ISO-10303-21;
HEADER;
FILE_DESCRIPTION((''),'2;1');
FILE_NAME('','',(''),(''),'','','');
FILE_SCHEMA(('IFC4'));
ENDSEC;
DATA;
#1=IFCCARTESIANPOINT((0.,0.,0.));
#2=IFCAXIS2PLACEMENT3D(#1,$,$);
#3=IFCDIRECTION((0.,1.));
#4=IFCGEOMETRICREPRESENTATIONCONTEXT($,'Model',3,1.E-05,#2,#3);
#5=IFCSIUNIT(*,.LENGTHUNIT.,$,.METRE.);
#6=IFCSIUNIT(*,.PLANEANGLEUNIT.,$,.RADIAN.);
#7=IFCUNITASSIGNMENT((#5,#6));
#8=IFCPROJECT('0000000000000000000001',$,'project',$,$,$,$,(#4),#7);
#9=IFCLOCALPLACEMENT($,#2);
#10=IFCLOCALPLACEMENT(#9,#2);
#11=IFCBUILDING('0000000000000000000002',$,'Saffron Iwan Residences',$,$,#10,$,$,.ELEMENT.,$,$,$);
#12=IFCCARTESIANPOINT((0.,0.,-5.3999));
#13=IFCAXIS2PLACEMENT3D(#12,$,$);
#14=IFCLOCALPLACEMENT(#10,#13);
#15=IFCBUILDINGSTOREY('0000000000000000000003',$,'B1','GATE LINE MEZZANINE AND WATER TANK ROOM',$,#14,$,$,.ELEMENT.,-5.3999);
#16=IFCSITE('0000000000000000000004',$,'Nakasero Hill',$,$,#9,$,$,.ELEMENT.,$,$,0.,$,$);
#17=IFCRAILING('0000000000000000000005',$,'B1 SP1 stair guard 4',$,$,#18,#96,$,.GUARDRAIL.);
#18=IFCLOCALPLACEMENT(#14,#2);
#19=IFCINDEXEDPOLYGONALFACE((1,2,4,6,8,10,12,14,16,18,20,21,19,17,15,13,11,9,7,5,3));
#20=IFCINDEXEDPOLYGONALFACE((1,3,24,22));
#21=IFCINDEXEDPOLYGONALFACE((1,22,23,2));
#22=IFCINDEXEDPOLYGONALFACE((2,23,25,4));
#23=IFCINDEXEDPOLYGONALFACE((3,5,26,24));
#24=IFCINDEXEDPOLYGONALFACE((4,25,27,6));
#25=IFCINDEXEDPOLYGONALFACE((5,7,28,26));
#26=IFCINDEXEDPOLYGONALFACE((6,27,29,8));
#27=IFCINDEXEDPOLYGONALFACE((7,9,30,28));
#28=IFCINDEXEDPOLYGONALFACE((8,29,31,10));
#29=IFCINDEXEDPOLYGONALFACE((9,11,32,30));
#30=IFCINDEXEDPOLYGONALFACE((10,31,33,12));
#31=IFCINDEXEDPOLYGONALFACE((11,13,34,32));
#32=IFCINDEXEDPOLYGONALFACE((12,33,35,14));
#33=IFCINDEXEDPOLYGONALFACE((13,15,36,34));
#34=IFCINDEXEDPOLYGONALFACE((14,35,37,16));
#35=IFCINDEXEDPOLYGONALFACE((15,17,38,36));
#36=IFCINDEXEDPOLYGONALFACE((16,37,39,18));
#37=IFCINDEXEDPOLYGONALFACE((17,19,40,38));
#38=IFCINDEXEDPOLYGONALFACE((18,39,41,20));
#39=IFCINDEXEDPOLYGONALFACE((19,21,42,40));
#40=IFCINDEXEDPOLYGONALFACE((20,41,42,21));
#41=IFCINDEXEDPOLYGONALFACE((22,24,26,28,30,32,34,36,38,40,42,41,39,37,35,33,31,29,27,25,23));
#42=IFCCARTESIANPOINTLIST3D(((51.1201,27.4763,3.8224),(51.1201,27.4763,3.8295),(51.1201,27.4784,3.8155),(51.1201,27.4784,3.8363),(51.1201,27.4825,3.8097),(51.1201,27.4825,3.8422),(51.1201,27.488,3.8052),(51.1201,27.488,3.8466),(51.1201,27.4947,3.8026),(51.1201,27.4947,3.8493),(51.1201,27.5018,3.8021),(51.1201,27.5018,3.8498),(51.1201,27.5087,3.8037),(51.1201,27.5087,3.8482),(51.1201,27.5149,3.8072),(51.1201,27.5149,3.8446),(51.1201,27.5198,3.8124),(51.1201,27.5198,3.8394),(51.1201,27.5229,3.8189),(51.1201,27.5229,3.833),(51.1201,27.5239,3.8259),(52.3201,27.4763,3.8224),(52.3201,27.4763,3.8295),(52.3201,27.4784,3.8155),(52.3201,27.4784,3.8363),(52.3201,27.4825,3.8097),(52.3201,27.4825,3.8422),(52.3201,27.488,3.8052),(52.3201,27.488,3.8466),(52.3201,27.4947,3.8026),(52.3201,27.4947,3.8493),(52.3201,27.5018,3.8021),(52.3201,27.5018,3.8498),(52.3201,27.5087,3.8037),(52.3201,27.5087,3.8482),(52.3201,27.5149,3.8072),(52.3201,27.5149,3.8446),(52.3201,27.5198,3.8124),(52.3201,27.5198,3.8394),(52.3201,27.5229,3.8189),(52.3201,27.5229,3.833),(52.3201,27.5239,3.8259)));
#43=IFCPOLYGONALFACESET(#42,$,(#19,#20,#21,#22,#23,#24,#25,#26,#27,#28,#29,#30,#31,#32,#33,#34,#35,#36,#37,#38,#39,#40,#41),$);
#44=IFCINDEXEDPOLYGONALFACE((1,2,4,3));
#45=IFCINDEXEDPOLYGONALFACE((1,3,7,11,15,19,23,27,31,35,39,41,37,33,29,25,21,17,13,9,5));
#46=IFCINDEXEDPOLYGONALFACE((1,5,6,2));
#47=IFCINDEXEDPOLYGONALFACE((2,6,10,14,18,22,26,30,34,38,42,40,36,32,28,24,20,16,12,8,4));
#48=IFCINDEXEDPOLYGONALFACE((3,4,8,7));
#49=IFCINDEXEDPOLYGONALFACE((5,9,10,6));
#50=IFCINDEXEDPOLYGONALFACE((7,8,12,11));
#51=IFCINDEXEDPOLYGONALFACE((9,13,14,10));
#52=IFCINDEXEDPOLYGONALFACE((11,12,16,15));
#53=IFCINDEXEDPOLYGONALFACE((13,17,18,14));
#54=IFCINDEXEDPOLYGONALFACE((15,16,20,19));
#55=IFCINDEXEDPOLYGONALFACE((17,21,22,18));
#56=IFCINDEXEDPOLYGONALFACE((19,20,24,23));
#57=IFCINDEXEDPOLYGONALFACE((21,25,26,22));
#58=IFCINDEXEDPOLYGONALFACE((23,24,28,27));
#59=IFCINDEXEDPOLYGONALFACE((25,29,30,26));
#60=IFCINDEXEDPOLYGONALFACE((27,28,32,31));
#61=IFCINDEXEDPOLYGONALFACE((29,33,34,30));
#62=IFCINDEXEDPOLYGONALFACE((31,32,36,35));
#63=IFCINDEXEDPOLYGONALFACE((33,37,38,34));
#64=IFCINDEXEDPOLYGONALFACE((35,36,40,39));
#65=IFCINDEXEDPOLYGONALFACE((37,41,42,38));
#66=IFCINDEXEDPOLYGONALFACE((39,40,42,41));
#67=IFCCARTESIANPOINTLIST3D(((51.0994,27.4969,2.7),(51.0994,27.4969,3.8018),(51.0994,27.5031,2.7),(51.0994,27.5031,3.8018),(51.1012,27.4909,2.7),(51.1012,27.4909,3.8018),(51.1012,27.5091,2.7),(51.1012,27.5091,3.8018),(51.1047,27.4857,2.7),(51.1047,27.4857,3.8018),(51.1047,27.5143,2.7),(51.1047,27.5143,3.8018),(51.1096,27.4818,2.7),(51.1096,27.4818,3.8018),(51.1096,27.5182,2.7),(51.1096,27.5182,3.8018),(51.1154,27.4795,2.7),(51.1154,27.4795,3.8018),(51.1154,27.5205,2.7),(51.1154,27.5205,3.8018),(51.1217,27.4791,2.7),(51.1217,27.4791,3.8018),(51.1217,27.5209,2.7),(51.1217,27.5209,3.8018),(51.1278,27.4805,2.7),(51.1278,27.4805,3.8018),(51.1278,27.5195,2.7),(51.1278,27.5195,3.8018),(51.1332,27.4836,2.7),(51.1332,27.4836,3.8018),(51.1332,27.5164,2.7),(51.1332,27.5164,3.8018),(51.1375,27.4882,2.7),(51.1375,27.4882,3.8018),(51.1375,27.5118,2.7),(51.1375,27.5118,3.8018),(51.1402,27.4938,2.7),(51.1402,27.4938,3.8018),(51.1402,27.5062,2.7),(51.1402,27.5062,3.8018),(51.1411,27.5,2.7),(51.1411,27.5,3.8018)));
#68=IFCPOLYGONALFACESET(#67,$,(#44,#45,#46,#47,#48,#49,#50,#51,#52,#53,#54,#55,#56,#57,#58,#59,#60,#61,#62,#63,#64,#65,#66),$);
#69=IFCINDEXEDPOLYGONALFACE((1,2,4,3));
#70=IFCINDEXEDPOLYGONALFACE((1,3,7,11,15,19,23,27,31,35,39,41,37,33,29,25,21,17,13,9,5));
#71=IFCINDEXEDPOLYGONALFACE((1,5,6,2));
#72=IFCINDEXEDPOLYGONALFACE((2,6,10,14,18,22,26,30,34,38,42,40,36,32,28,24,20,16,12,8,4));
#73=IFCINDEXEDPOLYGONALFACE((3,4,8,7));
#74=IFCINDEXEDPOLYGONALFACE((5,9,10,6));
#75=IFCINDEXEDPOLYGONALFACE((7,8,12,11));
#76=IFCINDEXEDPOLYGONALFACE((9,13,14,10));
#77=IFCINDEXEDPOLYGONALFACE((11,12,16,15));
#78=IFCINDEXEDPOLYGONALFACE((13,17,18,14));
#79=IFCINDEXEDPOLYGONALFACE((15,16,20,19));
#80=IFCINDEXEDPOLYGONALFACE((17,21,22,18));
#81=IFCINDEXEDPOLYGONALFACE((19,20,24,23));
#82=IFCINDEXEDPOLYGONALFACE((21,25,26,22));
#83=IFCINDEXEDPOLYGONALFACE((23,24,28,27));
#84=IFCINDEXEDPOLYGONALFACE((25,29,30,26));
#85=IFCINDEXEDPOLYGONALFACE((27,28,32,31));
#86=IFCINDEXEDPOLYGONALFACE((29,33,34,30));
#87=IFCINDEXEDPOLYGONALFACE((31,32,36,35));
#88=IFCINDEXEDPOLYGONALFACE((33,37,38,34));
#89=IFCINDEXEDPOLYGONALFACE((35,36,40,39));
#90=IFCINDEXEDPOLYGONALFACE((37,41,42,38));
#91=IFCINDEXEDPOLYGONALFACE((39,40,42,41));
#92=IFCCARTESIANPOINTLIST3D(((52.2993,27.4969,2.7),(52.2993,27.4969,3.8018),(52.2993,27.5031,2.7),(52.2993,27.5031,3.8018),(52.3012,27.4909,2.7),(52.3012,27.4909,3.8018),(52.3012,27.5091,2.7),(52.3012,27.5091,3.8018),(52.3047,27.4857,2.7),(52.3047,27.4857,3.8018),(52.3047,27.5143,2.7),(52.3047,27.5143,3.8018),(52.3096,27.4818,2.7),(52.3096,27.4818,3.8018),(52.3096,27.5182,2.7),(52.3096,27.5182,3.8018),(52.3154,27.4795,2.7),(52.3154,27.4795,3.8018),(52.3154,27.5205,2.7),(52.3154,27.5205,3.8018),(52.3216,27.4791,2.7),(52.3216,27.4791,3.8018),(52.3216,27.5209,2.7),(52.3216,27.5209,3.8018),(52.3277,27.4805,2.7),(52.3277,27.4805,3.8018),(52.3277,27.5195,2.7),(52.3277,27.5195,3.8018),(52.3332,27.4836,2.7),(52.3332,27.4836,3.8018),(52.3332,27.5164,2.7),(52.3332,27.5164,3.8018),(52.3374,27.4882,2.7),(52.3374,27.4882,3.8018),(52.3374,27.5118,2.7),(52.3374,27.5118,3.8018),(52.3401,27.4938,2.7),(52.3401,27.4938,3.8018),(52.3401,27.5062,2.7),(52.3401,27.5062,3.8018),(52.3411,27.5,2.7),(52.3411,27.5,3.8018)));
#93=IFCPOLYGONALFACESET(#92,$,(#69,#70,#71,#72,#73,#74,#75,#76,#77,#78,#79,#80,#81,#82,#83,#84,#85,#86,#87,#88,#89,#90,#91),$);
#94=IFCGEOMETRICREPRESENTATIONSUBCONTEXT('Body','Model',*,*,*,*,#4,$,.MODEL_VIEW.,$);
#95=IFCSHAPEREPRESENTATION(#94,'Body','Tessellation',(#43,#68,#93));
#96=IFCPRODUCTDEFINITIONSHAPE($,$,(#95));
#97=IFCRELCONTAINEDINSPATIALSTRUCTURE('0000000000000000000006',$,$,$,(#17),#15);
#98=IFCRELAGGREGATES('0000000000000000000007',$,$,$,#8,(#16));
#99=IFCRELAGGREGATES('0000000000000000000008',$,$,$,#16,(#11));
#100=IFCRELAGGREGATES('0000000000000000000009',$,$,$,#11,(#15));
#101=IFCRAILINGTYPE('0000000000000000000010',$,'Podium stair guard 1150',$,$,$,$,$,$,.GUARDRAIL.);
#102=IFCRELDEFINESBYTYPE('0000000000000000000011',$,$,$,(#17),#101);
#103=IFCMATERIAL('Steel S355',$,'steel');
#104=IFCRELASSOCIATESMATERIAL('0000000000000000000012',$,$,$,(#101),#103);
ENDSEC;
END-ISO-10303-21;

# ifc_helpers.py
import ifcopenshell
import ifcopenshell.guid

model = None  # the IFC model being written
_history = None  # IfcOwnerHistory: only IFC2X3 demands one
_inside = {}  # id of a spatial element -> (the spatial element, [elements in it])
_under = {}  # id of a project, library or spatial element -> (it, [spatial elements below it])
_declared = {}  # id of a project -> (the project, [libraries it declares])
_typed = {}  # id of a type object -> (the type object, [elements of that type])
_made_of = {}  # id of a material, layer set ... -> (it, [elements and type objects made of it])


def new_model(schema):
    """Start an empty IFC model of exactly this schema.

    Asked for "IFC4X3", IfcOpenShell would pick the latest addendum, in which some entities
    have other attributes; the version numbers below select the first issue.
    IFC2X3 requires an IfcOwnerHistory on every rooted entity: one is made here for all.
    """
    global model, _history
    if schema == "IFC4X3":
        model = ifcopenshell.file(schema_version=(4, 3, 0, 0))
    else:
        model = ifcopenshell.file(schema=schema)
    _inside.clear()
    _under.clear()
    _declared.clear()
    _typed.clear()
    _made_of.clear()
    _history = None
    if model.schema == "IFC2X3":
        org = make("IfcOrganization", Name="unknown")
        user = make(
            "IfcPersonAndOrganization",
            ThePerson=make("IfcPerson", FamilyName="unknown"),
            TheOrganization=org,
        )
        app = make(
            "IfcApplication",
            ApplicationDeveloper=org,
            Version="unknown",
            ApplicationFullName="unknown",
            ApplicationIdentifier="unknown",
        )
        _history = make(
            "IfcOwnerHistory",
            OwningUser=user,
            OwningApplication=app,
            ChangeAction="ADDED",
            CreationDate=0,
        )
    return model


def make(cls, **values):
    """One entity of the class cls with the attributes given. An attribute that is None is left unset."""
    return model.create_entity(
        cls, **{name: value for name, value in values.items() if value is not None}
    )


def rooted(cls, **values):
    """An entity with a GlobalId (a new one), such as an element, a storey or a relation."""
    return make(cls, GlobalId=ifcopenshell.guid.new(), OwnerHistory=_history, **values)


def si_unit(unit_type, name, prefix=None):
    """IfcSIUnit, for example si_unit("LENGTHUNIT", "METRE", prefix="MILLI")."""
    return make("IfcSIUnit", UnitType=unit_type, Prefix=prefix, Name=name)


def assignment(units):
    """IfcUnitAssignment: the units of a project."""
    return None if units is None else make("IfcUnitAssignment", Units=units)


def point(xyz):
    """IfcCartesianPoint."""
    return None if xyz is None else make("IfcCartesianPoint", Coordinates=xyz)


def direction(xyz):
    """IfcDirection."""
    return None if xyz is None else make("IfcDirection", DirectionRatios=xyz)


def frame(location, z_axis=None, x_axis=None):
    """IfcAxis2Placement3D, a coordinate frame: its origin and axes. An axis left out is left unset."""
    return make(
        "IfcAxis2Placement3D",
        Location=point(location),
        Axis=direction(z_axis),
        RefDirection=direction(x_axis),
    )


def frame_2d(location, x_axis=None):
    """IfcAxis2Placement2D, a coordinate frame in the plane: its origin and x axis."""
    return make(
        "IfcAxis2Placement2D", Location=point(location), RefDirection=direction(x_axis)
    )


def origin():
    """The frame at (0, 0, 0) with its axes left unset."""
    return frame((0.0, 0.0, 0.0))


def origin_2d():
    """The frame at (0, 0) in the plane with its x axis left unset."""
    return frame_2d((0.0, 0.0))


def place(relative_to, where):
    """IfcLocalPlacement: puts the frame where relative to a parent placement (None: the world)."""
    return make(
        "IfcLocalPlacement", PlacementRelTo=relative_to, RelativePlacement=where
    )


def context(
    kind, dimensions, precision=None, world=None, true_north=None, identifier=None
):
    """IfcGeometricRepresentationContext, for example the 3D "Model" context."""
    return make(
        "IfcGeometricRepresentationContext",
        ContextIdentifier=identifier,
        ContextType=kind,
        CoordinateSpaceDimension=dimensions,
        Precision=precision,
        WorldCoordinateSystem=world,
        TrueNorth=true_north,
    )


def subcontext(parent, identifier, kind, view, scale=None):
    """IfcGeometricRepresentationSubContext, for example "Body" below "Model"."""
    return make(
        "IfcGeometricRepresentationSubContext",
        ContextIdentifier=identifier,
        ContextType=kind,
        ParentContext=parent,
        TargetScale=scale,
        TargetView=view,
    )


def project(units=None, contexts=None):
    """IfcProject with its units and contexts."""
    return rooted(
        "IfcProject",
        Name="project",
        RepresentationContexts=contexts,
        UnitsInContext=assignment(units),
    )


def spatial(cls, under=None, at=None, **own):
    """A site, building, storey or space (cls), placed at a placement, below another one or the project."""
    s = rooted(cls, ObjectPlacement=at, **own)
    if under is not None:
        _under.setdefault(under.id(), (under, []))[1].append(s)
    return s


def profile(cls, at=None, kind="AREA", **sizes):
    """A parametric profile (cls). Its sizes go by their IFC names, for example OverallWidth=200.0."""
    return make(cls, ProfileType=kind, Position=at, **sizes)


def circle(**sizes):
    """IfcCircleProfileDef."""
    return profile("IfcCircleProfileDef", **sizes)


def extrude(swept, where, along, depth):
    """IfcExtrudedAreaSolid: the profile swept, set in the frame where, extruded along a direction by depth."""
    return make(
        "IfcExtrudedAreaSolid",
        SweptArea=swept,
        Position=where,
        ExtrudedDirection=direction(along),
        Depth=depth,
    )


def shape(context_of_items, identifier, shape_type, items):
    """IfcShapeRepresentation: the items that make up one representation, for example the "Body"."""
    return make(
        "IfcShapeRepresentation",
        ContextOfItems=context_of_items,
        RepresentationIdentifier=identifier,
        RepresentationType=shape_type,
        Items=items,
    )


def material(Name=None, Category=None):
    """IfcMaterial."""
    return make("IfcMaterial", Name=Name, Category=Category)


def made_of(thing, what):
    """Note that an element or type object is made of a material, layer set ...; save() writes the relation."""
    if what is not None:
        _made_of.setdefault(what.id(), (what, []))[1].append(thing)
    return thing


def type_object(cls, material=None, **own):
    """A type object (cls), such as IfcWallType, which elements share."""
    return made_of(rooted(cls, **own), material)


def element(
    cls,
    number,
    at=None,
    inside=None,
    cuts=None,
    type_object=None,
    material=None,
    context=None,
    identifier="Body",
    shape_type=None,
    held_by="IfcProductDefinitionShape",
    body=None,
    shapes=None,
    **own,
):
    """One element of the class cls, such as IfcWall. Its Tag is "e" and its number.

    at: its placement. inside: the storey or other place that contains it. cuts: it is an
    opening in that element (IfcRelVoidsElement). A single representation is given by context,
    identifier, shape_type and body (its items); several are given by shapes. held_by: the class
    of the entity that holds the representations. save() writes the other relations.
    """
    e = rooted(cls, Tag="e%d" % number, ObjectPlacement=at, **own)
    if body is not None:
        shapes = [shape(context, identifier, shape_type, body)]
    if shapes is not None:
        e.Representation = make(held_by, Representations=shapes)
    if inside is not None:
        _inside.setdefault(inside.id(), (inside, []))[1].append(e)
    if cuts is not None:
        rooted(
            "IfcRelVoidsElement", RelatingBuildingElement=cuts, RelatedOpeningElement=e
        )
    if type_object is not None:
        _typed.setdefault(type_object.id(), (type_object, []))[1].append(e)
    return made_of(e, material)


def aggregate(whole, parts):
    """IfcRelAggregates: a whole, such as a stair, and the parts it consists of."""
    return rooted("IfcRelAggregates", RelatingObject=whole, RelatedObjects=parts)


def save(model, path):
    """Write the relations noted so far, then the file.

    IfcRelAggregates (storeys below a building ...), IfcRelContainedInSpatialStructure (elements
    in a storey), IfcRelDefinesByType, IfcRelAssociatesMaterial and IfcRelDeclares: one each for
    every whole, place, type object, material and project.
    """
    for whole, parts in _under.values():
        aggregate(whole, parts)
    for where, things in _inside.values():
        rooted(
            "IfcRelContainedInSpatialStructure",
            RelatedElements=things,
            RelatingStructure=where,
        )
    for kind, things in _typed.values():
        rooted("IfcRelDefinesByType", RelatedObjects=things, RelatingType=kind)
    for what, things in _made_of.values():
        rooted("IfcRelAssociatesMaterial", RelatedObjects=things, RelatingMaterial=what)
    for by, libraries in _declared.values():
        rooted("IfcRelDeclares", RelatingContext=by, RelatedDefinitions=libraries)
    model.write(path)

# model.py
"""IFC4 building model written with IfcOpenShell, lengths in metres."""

from ifc_helpers import new_model, si_unit, direction, frame, origin, origin_2d, place, context, subcontext, project, spatial, circle, extrude, material, type_object, element, save


model = new_model("IFC4")

# Units and contexts
model_context = context("Model", 3, precision=1e-05, world=origin(), true_north=direction((0.0, 1.0)))
body_context = subcontext(model_context, "Body", "Model", "MODEL_VIEW")
ifc_project = project(units=[si_unit("LENGTHUNIT", "METRE"), si_unit("PLANEANGLEUNIT", "RADIAN")], contexts=[model_context])

# Site, building, storey
site_placement = place(None, origin())
site = spatial("IfcSite", under=ifc_project, at=site_placement, Name="Nakasero Hill", CompositionType="ELEMENT", RefElevation=0.0)
building_placement = place(site_placement, origin())
building = spatial("IfcBuilding", under=site, at=building_placement, Name="Saffron Iwan Residences", CompositionType="ELEMENT")
storey_placement = place(building_placement, frame((0.0, 0.0, -5.3999)))
storey = spatial("IfcBuildingStorey", under=building, at=storey_placement, Name="B1", Description="GATE LINE MEZZANINE AND WATER TANK ROOM", CompositionType="ELEMENT", Elevation=-5.3999)

# Railing
ifc_material_1 = material(Name="Steel S355", Category="steel")
railing_type_1 = type_object("IfcRailingType", Name="Podium stair guard 1150", PredefinedType="GUARDRAIL", material=ifc_material_1)
for number, where, name in (
    (1, (51.1201, 27.5, 2.7), "B1 SP1 stair guard 4"),
):
    element("IfcRailing", number, at=place(storey_placement, frame(where)), inside=storey, type_object=railing_type_1, Name=name, PredefinedType="GUARDRAIL", context=body_context, shape_type="SweptSolid", body=[
        extrude(circle(Radius=0.0239, at=origin_2d()), frame((0.0, 0.0, 1.126), z_axis=(1.0, 0.0, 0.0), x_axis=(0.0, 1.0, 0.0)), (0.0, 0.0, 1.0), 1.2),
        extrude(circle(Radius=0.021, at=origin_2d()), origin(), (0.0, 0.0, 1.0), 1.1018),
        extrude(circle(Radius=0.021, at=origin_2d()), frame((1.2, 0.0, 0.0)), (0.0, 0.0, 1.0), 1.1018),
    ])

save(model, "model.ifc")
